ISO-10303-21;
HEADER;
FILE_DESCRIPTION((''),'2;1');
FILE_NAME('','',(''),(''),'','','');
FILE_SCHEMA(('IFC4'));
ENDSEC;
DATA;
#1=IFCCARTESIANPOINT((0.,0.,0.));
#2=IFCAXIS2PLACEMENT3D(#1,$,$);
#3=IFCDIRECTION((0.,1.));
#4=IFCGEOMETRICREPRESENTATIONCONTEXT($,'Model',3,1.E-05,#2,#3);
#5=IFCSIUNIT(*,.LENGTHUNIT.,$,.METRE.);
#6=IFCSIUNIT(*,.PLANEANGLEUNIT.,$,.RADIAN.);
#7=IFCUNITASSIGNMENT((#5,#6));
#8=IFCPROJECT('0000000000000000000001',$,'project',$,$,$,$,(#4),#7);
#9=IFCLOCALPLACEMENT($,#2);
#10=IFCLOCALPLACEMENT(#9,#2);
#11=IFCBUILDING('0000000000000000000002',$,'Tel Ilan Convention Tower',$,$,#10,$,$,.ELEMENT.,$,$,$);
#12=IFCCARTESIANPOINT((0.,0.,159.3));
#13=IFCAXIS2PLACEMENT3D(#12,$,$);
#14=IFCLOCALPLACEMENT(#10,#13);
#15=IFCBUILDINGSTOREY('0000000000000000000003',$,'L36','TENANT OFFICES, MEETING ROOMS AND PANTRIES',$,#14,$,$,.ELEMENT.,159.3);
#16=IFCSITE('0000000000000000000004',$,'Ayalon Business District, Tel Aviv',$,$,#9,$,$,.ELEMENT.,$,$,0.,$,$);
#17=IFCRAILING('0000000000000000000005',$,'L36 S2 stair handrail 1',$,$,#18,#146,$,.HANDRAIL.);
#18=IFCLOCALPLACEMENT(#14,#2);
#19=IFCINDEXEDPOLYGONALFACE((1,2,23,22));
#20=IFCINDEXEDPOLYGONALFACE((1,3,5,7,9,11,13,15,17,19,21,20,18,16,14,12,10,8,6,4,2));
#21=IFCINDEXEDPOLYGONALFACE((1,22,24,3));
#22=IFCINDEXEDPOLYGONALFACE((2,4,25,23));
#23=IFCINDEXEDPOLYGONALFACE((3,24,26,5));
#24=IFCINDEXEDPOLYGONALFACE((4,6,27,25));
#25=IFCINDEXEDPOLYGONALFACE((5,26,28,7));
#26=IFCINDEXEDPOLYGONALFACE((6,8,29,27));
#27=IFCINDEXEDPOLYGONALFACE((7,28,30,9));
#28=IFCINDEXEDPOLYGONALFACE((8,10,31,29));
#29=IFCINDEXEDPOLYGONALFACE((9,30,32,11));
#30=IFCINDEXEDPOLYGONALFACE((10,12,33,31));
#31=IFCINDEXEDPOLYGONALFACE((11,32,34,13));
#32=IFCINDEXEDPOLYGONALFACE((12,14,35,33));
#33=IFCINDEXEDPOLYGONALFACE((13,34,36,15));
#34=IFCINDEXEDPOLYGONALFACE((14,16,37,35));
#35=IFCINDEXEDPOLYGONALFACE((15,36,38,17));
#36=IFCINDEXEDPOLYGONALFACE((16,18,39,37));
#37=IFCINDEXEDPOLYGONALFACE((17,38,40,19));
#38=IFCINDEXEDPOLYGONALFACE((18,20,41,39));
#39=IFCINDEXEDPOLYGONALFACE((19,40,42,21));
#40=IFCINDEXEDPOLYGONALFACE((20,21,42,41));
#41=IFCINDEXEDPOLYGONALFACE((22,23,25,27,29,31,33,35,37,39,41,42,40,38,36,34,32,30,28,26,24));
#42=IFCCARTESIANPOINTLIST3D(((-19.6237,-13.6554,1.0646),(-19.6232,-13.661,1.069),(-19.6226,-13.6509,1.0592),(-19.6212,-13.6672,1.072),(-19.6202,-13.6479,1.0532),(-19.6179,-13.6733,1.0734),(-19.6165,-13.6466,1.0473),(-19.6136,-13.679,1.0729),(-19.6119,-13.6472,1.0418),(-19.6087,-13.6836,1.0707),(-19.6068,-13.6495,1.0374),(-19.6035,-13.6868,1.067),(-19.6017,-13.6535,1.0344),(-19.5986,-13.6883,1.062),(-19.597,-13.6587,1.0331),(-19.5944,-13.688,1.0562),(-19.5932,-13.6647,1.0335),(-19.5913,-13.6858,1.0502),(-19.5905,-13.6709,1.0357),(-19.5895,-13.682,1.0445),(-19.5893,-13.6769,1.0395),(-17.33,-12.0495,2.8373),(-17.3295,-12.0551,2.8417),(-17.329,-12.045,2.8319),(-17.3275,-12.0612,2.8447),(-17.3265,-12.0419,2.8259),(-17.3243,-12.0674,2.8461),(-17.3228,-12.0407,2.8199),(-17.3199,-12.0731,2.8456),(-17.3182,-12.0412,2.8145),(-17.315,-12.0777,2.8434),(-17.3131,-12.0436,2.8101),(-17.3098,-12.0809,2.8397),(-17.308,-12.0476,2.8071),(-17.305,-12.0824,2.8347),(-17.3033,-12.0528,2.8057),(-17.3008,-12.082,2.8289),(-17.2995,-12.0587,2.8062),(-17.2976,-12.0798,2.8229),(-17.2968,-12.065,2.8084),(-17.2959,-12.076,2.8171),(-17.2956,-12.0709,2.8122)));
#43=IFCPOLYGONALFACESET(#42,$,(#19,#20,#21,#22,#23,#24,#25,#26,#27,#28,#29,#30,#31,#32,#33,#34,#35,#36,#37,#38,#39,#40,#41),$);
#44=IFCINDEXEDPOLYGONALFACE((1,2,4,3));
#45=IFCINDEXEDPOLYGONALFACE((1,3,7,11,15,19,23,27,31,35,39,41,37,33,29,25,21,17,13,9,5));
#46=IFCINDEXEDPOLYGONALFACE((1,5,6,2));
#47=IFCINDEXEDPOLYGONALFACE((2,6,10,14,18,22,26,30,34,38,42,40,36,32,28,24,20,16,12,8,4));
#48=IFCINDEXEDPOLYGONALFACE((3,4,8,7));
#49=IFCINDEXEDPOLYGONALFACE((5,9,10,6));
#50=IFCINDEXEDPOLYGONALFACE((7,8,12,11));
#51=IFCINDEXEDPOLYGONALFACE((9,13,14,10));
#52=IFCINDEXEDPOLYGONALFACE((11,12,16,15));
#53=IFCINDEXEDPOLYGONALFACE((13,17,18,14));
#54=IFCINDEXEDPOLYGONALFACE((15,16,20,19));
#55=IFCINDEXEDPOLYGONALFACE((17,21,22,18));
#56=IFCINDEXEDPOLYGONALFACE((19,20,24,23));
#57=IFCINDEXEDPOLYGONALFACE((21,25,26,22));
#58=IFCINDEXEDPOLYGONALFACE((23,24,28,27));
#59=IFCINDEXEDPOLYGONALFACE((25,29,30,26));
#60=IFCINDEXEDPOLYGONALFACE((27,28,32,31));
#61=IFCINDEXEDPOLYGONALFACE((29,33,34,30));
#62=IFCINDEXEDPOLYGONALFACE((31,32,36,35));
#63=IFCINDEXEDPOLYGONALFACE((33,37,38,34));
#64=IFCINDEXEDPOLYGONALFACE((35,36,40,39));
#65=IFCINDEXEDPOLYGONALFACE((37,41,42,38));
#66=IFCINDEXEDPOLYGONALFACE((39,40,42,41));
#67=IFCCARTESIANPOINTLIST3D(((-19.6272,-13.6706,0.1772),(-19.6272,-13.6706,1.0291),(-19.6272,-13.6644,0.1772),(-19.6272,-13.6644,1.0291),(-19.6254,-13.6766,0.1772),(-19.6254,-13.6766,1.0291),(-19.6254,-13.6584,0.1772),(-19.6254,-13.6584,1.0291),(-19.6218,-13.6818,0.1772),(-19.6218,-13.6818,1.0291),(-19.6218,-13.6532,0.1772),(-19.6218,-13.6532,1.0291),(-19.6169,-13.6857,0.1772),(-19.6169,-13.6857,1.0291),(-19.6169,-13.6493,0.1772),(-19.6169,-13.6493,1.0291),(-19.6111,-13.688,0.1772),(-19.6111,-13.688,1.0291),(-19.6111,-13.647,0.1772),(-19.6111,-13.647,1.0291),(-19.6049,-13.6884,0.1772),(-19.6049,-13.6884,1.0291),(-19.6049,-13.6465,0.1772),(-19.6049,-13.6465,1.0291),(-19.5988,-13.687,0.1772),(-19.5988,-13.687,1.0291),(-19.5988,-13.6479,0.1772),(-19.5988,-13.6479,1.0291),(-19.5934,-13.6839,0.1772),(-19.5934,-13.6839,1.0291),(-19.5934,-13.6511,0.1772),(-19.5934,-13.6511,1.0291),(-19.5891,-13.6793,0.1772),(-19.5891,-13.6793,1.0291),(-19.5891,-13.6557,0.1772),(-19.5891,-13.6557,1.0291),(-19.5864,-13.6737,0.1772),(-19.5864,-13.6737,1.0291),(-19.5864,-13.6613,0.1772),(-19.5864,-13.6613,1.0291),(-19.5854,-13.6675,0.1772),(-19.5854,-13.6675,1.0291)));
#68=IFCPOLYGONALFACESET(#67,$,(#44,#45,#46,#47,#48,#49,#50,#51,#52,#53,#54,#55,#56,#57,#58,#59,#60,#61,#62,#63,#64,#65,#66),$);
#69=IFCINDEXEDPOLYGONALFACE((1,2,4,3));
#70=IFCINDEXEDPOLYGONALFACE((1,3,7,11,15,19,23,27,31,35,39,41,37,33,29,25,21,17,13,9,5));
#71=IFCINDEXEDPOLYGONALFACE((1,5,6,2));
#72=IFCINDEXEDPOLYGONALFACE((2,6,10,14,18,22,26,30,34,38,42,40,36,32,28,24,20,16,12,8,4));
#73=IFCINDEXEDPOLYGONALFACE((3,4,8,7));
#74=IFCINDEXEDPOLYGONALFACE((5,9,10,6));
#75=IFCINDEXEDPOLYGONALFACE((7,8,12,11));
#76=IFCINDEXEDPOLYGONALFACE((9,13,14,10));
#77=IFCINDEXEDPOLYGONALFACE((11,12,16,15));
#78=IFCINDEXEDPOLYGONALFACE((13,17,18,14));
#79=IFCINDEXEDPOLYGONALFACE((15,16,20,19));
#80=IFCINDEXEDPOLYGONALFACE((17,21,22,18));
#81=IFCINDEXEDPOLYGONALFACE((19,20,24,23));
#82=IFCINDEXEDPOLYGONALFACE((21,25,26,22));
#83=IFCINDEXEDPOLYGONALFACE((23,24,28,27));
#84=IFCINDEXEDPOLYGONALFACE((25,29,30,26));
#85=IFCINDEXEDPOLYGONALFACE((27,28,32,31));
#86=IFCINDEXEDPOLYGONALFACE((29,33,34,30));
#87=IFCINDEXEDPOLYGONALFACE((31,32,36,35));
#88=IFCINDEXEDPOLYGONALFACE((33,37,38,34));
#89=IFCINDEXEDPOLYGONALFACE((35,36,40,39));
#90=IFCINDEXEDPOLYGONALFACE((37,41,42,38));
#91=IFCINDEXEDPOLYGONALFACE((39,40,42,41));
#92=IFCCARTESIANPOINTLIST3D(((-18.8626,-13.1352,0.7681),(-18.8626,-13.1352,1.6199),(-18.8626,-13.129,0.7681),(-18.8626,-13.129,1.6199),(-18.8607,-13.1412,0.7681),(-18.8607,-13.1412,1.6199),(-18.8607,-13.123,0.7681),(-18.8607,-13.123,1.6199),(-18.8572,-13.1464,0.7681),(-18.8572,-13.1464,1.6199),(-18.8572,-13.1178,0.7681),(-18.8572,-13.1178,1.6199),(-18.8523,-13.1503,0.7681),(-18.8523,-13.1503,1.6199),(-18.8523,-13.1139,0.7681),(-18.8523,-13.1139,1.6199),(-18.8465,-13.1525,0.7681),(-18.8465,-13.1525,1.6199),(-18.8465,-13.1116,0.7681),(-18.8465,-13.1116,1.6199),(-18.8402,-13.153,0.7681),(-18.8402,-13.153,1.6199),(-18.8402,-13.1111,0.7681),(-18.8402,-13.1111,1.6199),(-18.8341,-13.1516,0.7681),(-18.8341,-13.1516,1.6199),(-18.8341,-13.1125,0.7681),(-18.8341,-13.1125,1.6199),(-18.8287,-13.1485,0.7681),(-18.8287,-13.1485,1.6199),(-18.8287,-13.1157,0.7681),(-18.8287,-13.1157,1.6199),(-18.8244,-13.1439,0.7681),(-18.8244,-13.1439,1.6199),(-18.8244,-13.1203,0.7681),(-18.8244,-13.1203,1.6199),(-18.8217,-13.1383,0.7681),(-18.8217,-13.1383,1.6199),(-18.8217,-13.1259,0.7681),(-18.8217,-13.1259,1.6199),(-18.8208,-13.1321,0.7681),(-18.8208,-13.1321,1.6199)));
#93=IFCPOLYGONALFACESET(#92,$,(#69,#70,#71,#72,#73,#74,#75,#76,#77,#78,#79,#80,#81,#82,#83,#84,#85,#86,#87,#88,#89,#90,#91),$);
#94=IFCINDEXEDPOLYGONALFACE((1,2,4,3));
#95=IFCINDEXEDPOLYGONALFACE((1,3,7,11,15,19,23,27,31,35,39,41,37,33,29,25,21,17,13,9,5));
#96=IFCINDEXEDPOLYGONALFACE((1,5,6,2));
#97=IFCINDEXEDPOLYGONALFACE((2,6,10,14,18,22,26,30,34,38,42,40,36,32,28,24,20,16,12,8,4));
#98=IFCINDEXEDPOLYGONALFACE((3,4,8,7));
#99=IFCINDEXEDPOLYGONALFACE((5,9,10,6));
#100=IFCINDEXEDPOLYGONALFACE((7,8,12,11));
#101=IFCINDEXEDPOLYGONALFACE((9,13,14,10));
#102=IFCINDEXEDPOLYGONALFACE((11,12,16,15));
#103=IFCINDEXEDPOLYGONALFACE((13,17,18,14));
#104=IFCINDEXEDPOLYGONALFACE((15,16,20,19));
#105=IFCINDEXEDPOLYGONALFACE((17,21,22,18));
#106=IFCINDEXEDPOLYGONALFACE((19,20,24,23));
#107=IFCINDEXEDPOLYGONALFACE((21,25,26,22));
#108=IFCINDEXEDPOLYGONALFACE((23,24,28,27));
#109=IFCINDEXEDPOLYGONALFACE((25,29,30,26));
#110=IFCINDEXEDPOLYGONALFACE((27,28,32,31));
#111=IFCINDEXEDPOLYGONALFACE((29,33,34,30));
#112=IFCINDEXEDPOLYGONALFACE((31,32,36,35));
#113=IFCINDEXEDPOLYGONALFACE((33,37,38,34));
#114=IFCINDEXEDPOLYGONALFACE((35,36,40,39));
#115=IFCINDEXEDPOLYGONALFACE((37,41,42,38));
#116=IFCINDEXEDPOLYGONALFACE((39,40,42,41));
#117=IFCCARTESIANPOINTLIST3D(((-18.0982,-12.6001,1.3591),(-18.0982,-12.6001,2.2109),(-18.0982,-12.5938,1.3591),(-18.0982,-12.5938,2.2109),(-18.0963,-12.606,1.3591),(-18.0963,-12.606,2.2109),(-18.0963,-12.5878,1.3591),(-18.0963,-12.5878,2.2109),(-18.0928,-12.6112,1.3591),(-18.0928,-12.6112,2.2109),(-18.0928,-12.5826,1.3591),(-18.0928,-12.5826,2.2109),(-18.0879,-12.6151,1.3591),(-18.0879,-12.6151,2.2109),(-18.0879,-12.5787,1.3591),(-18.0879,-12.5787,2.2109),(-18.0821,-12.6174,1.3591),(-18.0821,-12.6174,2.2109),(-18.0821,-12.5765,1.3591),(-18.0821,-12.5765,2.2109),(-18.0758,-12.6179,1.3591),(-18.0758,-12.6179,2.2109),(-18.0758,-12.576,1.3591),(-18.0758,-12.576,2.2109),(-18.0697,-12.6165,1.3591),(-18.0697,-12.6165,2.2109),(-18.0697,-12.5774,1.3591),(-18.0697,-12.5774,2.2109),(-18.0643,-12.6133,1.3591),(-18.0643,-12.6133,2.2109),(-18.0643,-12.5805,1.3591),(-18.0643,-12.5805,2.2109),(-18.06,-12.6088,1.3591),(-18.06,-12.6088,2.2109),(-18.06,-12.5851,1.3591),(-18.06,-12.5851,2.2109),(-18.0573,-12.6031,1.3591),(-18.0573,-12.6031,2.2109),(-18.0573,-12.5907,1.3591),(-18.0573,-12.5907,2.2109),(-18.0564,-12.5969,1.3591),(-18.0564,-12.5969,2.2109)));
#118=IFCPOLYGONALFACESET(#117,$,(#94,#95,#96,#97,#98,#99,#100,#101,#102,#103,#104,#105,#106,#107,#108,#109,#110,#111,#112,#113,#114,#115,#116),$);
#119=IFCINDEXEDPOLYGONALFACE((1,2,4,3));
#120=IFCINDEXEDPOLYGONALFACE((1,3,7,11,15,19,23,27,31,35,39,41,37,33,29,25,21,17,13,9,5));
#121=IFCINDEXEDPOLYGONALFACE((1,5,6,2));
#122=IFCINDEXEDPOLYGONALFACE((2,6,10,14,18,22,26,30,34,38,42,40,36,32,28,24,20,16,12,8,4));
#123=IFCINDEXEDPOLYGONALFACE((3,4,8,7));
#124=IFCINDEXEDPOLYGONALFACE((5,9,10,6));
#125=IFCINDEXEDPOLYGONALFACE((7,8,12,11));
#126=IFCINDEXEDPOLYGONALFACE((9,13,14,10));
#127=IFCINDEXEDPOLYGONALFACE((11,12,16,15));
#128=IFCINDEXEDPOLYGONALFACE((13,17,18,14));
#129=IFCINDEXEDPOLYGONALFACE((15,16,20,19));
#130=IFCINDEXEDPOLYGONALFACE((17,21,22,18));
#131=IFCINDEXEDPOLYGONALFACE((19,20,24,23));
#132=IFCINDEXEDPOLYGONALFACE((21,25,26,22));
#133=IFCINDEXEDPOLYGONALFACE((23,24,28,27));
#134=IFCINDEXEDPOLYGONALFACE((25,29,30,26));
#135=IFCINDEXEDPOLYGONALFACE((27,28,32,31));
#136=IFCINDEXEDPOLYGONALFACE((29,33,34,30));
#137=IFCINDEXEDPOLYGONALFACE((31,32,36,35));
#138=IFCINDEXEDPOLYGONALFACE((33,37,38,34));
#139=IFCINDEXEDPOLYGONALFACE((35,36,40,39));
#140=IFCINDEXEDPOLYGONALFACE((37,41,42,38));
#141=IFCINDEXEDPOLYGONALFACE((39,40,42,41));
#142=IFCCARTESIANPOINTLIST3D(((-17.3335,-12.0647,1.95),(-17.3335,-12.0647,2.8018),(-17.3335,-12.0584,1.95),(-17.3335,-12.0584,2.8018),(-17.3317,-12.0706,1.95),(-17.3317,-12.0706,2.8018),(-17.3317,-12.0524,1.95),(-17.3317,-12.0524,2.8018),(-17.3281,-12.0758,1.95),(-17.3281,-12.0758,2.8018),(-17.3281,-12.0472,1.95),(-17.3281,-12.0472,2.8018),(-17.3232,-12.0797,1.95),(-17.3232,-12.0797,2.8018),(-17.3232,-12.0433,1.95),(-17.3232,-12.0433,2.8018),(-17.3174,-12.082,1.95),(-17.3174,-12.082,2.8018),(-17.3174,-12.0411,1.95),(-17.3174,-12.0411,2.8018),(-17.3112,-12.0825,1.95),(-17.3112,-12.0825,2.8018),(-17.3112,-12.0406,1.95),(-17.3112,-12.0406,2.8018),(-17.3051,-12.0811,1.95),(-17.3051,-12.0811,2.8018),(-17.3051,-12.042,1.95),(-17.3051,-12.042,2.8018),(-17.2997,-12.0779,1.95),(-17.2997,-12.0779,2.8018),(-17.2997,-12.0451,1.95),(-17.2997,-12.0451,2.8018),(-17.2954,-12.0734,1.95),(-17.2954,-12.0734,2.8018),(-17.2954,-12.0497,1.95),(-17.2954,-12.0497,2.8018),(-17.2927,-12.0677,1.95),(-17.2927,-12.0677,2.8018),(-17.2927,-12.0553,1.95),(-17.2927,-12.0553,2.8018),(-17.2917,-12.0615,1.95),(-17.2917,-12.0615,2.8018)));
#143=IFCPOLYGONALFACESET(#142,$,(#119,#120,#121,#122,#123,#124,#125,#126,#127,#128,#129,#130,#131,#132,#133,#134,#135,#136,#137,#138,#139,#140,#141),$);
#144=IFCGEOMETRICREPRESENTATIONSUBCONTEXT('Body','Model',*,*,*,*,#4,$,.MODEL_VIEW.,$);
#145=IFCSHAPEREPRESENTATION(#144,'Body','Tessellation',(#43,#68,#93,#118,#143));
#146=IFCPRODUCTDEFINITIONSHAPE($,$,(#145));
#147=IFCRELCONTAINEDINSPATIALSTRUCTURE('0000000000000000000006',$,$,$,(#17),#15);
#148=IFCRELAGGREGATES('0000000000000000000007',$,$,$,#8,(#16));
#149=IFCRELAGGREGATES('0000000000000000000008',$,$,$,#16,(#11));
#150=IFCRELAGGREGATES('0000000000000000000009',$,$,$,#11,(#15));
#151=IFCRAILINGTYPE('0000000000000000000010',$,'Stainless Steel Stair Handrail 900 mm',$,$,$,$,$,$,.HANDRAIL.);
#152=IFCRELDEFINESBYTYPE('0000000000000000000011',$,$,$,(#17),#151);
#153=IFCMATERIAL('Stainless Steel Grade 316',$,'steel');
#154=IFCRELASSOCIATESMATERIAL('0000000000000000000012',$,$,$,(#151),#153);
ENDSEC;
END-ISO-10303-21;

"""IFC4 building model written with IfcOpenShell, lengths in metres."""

from ifc_helpers import new_model, si_unit, direction, frame, origin, origin_2d, place, context, subcontext, project, spatial, circle, extrude, material, type_object, element, save


model = new_model("IFC4")

# Units and contexts
model_context = context("Model", 3, precision=1e-05, world=origin(), true_north=direction((0.0, 1.0)))
body_context = subcontext(model_context, "Body", "Model", "MODEL_VIEW")
ifc_project = project(units=[si_unit("LENGTHUNIT", "METRE"), si_unit("PLANEANGLEUNIT", "RADIAN")], contexts=[model_context])

# Site, building, storey
site_placement = place(None, origin())
site = spatial("IfcSite", under=ifc_project, at=site_placement, Name="Ayalon Business District, Tel Aviv", CompositionType="ELEMENT", RefElevation=0.0)
building_placement = place(site_placement, origin())
building = spatial("IfcBuilding", under=site, at=building_placement, Name="Tel Ilan Convention Tower", CompositionType="ELEMENT")
storey_placement = place(building_placement, frame((0.0, 0.0, 159.3)))
storey = spatial("IfcBuildingStorey", under=building, at=storey_placement, Name="L36", Description="TENANT OFFICES, MEETING ROOMS AND PANTRIES", CompositionType="ELEMENT", Elevation=159.3)

# Railing
ifc_material_1 = material(Name="Stainless Steel Grade 316", Category="steel")
railing_type_1 = type_object("IfcRailingType", Name="Stainless Steel Stair Handrail 900 mm", PredefinedType="HANDRAIL", material=ifc_material_1)
railing_1_placement = place(storey_placement, frame((-19.6064, -13.6675, 0.1772)))
element("IfcRailing", 1, at=railing_1_placement, inside=storey, type_object=railing_type_1, Name="L36 S2 stair handrail 1", PredefinedType="HANDRAIL", context=body_context, shape_type="SweptSolid", body=[
    extrude(circle(Radius=0.0239, at=origin_2d()), frame((0.0, 0.0, 0.876), z_axis=(0.692123, 0.484597, 0.534913), x_axis=(-0.57355, 0.81917, 0.0)), (0.0, 0.0, 1.0), 3.314),
    extrude(circle(Radius=0.021, at=origin_2d()), origin(), (0.0, 0.0, 1.0), 0.8518),
    extrude(circle(Radius=0.021, at=origin_2d()), frame((0.7646, 0.5354, 0.5908)), (0.0, 0.0, 1.0), 0.8518),
    extrude(circle(Radius=0.021, at=origin_2d()), frame((1.5291, 1.0706, 1.1819)), (0.0, 0.0, 1.0), 0.8518),
    extrude(circle(Radius=0.021, at=origin_2d()), frame((2.2937, 1.606, 1.7727)), (0.0, 0.0, 1.0), 0.8518),
])

save(model, "model.ifc")
